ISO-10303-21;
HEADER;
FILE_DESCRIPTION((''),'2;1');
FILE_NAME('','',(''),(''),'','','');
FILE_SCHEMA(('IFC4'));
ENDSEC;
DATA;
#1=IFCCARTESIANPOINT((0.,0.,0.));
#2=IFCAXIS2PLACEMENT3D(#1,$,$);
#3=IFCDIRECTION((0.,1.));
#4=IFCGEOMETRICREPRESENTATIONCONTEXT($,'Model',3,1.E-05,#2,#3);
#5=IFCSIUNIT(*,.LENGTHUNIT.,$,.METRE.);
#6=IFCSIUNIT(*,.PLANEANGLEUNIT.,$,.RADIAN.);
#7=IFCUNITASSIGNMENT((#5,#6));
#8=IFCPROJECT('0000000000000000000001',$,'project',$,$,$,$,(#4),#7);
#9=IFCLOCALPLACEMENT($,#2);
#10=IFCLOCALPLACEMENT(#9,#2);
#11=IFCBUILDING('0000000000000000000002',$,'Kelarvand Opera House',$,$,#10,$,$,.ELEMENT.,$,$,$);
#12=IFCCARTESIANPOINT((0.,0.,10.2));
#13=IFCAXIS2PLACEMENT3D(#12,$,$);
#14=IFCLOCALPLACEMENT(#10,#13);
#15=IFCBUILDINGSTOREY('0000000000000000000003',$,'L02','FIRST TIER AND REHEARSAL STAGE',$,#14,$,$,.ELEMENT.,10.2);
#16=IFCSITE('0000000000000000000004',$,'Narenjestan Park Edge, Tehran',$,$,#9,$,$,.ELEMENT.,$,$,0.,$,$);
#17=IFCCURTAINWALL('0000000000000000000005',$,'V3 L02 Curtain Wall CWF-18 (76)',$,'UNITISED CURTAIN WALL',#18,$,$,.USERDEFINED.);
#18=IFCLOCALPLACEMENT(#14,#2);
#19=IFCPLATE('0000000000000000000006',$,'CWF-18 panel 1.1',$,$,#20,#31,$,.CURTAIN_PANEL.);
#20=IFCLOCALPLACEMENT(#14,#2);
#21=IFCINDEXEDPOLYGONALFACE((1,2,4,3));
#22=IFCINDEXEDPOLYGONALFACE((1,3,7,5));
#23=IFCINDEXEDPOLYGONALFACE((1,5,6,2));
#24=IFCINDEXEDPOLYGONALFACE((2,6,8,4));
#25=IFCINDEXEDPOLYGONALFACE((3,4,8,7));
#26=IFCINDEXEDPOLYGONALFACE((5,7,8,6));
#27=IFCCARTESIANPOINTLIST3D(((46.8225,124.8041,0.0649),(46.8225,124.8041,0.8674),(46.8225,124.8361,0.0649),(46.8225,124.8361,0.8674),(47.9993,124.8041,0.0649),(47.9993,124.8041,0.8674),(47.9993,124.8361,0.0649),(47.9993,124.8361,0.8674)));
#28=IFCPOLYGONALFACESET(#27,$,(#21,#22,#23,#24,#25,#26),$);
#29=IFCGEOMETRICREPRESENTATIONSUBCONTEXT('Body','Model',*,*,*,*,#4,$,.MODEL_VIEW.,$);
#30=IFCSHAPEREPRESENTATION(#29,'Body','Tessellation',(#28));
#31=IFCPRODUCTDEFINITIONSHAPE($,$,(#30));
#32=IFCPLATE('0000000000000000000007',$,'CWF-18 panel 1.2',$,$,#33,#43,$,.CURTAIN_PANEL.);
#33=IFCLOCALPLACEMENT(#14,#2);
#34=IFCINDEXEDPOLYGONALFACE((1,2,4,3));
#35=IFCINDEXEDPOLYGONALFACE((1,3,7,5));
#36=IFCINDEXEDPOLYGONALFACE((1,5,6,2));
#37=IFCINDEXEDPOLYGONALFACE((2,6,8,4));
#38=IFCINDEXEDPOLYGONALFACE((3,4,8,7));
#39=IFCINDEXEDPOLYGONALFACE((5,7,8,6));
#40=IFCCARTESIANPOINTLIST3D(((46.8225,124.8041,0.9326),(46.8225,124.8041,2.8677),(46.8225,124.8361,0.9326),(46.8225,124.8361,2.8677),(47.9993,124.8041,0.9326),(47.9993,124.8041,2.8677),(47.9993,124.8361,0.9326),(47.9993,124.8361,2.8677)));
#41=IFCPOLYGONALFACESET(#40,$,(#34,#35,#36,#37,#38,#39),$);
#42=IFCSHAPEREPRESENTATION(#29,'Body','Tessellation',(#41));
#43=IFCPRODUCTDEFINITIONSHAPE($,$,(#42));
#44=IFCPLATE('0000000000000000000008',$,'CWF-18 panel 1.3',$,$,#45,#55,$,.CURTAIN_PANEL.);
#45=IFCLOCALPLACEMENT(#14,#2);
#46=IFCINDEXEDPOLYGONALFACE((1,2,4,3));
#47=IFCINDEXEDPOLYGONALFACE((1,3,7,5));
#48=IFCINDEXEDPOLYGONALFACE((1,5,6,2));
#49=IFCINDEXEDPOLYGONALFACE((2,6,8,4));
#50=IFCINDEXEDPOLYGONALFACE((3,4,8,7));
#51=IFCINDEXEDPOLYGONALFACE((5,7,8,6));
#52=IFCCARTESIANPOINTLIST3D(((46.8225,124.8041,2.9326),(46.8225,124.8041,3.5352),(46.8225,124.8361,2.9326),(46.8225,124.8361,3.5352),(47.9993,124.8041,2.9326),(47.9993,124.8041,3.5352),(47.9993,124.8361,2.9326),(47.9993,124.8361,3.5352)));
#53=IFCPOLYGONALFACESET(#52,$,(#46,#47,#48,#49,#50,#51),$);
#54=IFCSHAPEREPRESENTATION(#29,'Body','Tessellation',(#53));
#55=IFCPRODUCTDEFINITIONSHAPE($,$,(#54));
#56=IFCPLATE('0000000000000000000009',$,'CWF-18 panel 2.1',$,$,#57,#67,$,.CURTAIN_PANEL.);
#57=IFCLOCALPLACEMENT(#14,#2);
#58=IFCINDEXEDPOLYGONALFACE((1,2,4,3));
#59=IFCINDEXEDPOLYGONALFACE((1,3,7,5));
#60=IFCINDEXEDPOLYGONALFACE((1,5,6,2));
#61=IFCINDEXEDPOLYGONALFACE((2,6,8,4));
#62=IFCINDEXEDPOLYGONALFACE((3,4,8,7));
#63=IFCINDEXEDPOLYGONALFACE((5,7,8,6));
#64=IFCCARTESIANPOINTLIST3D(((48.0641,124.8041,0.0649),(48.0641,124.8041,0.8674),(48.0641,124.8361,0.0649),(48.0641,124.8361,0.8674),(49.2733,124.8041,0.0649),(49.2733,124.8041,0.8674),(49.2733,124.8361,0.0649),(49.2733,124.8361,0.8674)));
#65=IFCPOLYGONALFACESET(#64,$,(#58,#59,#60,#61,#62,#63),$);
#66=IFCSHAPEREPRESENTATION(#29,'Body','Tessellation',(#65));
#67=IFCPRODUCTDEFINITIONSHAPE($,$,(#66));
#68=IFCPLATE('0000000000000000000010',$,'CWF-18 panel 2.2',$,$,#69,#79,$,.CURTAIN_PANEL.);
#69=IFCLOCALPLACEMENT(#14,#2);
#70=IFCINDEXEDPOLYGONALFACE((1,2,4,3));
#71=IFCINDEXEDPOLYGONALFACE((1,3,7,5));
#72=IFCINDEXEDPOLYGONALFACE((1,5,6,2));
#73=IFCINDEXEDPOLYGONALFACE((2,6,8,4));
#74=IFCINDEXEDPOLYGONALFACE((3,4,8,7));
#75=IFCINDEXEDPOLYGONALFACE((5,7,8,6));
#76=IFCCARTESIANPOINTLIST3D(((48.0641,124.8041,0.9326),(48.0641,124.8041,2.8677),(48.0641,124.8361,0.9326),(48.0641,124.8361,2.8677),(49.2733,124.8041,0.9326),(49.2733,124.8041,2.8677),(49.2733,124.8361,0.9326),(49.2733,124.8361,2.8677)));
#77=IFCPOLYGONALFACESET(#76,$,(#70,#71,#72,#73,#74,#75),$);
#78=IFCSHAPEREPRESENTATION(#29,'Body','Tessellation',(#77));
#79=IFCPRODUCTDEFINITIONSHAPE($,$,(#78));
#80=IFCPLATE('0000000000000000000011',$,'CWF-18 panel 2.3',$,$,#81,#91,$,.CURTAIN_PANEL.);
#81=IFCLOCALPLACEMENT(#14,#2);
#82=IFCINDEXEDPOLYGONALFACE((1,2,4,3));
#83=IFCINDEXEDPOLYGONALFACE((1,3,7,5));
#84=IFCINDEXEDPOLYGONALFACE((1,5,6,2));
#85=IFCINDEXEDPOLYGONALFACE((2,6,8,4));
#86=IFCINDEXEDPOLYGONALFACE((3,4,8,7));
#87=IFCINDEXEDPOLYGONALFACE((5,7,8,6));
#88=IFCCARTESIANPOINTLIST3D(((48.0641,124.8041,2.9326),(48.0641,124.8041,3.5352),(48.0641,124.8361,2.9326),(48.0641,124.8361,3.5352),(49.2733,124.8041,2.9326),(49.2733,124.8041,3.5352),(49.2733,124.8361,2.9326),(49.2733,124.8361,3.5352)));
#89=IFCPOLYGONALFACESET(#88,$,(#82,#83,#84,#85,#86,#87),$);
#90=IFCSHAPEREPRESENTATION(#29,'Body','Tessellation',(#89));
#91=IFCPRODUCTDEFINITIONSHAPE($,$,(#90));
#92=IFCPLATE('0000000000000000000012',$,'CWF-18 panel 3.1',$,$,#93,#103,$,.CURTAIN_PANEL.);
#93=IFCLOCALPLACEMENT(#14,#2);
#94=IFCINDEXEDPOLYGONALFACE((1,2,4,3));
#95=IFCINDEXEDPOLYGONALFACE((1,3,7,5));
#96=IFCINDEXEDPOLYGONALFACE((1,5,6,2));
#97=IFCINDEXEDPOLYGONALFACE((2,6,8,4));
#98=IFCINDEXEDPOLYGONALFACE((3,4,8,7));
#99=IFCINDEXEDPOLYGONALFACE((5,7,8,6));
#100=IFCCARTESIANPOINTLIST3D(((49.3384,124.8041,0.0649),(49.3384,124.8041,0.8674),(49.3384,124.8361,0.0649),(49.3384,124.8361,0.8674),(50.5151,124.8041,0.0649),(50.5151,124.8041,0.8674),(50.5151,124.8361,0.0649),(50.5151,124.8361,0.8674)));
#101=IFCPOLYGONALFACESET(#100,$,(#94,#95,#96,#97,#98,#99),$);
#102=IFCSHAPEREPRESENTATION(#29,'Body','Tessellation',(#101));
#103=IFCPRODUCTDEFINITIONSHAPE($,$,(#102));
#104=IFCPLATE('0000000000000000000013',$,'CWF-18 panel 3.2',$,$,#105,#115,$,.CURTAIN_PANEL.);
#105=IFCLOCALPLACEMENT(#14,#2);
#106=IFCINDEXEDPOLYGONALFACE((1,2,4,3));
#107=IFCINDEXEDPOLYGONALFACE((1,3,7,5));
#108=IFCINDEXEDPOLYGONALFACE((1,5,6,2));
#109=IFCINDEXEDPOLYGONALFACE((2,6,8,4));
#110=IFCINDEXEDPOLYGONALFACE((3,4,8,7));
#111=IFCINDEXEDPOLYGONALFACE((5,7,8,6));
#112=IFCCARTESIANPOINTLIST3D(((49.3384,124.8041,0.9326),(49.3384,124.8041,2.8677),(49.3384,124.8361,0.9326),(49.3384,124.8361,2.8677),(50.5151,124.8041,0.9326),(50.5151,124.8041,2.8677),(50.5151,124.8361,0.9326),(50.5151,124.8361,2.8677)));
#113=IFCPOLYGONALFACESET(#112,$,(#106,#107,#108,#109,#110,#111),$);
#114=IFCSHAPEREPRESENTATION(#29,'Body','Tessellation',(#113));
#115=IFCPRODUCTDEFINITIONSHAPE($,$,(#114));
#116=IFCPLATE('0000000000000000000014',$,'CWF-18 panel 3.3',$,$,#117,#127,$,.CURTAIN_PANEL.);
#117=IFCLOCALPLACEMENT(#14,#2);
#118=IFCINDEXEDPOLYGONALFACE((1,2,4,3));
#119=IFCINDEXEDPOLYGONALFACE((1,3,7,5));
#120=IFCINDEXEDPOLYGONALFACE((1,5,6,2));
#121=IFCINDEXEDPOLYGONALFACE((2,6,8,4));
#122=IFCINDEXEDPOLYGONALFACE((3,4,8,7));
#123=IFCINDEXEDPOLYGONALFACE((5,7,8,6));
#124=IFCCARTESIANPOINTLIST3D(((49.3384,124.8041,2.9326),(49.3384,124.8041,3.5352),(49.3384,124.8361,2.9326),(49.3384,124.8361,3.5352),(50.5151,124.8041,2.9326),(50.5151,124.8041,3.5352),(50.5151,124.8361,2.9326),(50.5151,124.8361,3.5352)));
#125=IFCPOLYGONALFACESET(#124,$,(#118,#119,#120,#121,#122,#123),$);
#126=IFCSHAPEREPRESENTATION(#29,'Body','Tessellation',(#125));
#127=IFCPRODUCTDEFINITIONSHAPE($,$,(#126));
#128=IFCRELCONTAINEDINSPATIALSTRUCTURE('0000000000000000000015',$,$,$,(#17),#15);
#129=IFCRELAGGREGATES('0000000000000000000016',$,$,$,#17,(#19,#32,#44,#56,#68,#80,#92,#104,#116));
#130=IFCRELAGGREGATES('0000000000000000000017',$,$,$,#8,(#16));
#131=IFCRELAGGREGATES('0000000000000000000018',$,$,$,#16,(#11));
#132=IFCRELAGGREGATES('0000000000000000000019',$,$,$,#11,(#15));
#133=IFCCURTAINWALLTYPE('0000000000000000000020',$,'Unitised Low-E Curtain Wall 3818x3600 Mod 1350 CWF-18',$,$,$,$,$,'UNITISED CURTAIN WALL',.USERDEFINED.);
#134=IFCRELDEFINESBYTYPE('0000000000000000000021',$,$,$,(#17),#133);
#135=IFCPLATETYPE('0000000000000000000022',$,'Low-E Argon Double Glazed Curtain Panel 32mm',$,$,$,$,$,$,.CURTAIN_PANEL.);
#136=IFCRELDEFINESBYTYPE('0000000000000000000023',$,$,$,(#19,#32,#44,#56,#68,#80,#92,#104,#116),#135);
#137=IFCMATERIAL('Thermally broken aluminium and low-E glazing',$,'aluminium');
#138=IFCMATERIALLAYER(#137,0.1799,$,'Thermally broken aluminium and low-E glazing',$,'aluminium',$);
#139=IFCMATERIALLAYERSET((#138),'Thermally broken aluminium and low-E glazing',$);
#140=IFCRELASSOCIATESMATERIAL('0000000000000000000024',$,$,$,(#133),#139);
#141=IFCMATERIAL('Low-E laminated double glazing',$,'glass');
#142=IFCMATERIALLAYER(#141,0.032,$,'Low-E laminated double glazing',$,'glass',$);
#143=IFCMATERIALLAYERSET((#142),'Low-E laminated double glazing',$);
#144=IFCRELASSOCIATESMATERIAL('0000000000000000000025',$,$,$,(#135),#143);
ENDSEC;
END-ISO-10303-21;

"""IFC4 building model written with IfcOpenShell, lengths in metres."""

from ifc_helpers import new_model, si_unit, direction, frame, origin, origin_2d, place, context, subcontext, project, spatial, rectangle, extrude, material, layer, layer_set, type_object, element, aggregate, save


model = new_model("IFC4")

# Units and contexts
model_context = context("Model", 3, precision=1e-05, world=origin(), true_north=direction((0.0, 1.0)))
body_context = subcontext(model_context, "Body", "Model", "MODEL_VIEW")
ifc_project = project(units=[si_unit("LENGTHUNIT", "METRE"), si_unit("PLANEANGLEUNIT", "RADIAN")], contexts=[model_context])

# Site, building, storey
site_placement = place(None, origin())
site = spatial("IfcSite", under=ifc_project, at=site_placement, Name="Narenjestan Park Edge, Tehran", CompositionType="ELEMENT", RefElevation=0.0)
building_placement = place(site_placement, origin())
building = spatial("IfcBuilding", under=site, at=building_placement, Name="Kelarvand Opera House", CompositionType="ELEMENT")
storey_placement = place(building_placement, frame((0.0, 0.0, 10.2)))
storey = spatial("IfcBuildingStorey", under=building, at=storey_placement, Name="L02", Description="FIRST TIER AND REHEARSAL STAGE", CompositionType="ELEMENT", Elevation=10.2)

# Curtain wall, plates
ifc_material_1 = material(Name="Thermally broken aluminium and low-E glazing", Category="aluminium")
ifc_layer_1 = layer(ifc_material_1, 0.1799, Name="Thermally broken aluminium and low-E glazing", Category="aluminium")
ifc_layer_set_1 = layer_set([ifc_layer_1], Name="Thermally broken aluminium and low-E glazing")
curtain_wall_type = type_object("IfcCurtainWallType", Name="Unitised Low-E Curtain Wall 3818x3600 Mod 1350 CWF-18", ElementType="UNITISED CURTAIN WALL", PredefinedType="USERDEFINED", material=ifc_layer_set_1)
curtain_wall_placement = place(storey_placement, origin())
curtain_wall = element("IfcCurtainWall", 1, at=curtain_wall_placement, inside=storey, type_object=curtain_wall_type, Name="V3 L02 Curtain Wall CWF-18 (76)", ObjectType="UNITISED CURTAIN WALL", PredefinedType="USERDEFINED")
ifc_material_2 = material(Name="Low-E laminated double glazing", Category="glass")
ifc_layer_2 = layer(ifc_material_2, 0.032, Name="Low-E laminated double glazing", Category="glass")
ifc_layer_set_2 = layer_set([ifc_layer_2], Name="Low-E laminated double glazing")
plate_type = type_object("IfcPlateType", Name="Low-E Argon Double Glazed Curtain Panel 32mm", PredefinedType="CURTAIN_PANEL", material=ifc_layer_set_2)
plate_1_placement = place(storey_placement, frame((47.4109, 124.8201, 0.0649), z_axis=(0.0, 0.0, 1.0), x_axis=(1.0, 0.0, 0.0)))
plate_1 = element("IfcPlate", 2, at=plate_1_placement, type_object=plate_type, Name="CWF-18 panel 1.1", PredefinedType="CURTAIN_PANEL", context=body_context, shape_type="SweptSolid", body=[
    extrude(rectangle(XDim=1.1768, YDim=0.032, at=origin_2d()), origin(), (0.0, 0.0, 1.0), 0.8025),
])
plate_2_placement = place(storey_placement, frame((47.4109, 124.8201, 0.9326), z_axis=(0.0, 0.0, 1.0), x_axis=(1.0, 0.0, 0.0)))
plate_2 = element("IfcPlate", 3, at=plate_2_placement, type_object=plate_type, Name="CWF-18 panel 1.2", PredefinedType="CURTAIN_PANEL", context=body_context, shape_type="SweptSolid", body=[
    extrude(rectangle(XDim=1.1768, YDim=0.032, at=origin_2d()), origin(), (0.0, 0.0, 1.0), 1.9351),
])
plate_3_placement = place(storey_placement, frame((47.4109, 124.8201, 2.9326), z_axis=(0.0, 0.0, 1.0), x_axis=(1.0, 0.0, 0.0)))
plate_3 = element("IfcPlate", 4, at=plate_3_placement, type_object=plate_type, Name="CWF-18 panel 1.3", PredefinedType="CURTAIN_PANEL", context=body_context, shape_type="SweptSolid", body=[
    extrude(rectangle(XDim=1.1768, YDim=0.032, at=origin_2d()), origin(), (0.0, 0.0, 1.0), 0.6025),
])
plate_4_placement = place(storey_placement, frame((48.6687, 124.8201, 0.0649), z_axis=(0.0, 0.0, 1.0), x_axis=(1.0, 0.0, 0.0)))
plate_4 = element("IfcPlate", 5, at=plate_4_placement, type_object=plate_type, Name="CWF-18 panel 2.1", PredefinedType="CURTAIN_PANEL", context=body_context, shape_type="SweptSolid", body=[
    extrude(rectangle(XDim=1.2092, YDim=0.032, at=origin_2d()), origin(), (0.0, 0.0, 1.0), 0.8025),
])
plate_5_placement = place(storey_placement, frame((48.6687, 124.8201, 0.9326), z_axis=(0.0, 0.0, 1.0), x_axis=(1.0, 0.0, 0.0)))
plate_5 = element("IfcPlate", 6, at=plate_5_placement, type_object=plate_type, Name="CWF-18 panel 2.2", PredefinedType="CURTAIN_PANEL", context=body_context, shape_type="SweptSolid", body=[
    extrude(rectangle(XDim=1.2092, YDim=0.032, at=origin_2d()), origin(), (0.0, 0.0, 1.0), 1.9351),
])
plate_6_placement = place(storey_placement, frame((48.6687, 124.8201, 2.9326), z_axis=(0.0, 0.0, 1.0), x_axis=(1.0, 0.0, 0.0)))
plate_6 = element("IfcPlate", 7, at=plate_6_placement, type_object=plate_type, Name="CWF-18 panel 2.3", PredefinedType="CURTAIN_PANEL", context=body_context, shape_type="SweptSolid", body=[
    extrude(rectangle(XDim=1.2092, YDim=0.032, at=origin_2d()), origin(), (0.0, 0.0, 1.0), 0.6025),
])
plate_7_placement = place(storey_placement, frame((49.9268, 124.8201, 0.0649), z_axis=(0.0, 0.0, 1.0), x_axis=(1.0, 0.0, 0.0)))
plate_7 = element("IfcPlate", 8, at=plate_7_placement, type_object=plate_type, Name="CWF-18 panel 3.1", PredefinedType="CURTAIN_PANEL", context=body_context, shape_type="SweptSolid", body=[
    extrude(rectangle(XDim=1.1768, YDim=0.032, at=origin_2d()), origin(), (0.0, 0.0, 1.0), 0.8025),
])
plate_8_placement = place(storey_placement, frame((49.9268, 124.8201, 0.9326), z_axis=(0.0, 0.0, 1.0), x_axis=(1.0, 0.0, 0.0)))
plate_8 = element("IfcPlate", 9, at=plate_8_placement, type_object=plate_type, Name="CWF-18 panel 3.2", PredefinedType="CURTAIN_PANEL", context=body_context, shape_type="SweptSolid", body=[
    extrude(rectangle(XDim=1.1768, YDim=0.032, at=origin_2d()), origin(), (0.0, 0.0, 1.0), 1.9351),
])
plate_9_placement = place(storey_placement, frame((49.9268, 124.8201, 2.9326), z_axis=(0.0, 0.0, 1.0), x_axis=(1.0, 0.0, 0.0)))
plate_9 = element("IfcPlate", 10, at=plate_9_placement, type_object=plate_type, Name="CWF-18 panel 3.3", PredefinedType="CURTAIN_PANEL", context=body_context, shape_type="SweptSolid", body=[
    extrude(rectangle(XDim=1.1768, YDim=0.032, at=origin_2d()), origin(), (0.0, 0.0, 1.0), 0.6025),
])
aggregate(curtain_wall, [plate_1, plate_2, plate_3, plate_4, plate_5, plate_6, plate_7, plate_8, plate_9])

save(model, "model.ifc")
